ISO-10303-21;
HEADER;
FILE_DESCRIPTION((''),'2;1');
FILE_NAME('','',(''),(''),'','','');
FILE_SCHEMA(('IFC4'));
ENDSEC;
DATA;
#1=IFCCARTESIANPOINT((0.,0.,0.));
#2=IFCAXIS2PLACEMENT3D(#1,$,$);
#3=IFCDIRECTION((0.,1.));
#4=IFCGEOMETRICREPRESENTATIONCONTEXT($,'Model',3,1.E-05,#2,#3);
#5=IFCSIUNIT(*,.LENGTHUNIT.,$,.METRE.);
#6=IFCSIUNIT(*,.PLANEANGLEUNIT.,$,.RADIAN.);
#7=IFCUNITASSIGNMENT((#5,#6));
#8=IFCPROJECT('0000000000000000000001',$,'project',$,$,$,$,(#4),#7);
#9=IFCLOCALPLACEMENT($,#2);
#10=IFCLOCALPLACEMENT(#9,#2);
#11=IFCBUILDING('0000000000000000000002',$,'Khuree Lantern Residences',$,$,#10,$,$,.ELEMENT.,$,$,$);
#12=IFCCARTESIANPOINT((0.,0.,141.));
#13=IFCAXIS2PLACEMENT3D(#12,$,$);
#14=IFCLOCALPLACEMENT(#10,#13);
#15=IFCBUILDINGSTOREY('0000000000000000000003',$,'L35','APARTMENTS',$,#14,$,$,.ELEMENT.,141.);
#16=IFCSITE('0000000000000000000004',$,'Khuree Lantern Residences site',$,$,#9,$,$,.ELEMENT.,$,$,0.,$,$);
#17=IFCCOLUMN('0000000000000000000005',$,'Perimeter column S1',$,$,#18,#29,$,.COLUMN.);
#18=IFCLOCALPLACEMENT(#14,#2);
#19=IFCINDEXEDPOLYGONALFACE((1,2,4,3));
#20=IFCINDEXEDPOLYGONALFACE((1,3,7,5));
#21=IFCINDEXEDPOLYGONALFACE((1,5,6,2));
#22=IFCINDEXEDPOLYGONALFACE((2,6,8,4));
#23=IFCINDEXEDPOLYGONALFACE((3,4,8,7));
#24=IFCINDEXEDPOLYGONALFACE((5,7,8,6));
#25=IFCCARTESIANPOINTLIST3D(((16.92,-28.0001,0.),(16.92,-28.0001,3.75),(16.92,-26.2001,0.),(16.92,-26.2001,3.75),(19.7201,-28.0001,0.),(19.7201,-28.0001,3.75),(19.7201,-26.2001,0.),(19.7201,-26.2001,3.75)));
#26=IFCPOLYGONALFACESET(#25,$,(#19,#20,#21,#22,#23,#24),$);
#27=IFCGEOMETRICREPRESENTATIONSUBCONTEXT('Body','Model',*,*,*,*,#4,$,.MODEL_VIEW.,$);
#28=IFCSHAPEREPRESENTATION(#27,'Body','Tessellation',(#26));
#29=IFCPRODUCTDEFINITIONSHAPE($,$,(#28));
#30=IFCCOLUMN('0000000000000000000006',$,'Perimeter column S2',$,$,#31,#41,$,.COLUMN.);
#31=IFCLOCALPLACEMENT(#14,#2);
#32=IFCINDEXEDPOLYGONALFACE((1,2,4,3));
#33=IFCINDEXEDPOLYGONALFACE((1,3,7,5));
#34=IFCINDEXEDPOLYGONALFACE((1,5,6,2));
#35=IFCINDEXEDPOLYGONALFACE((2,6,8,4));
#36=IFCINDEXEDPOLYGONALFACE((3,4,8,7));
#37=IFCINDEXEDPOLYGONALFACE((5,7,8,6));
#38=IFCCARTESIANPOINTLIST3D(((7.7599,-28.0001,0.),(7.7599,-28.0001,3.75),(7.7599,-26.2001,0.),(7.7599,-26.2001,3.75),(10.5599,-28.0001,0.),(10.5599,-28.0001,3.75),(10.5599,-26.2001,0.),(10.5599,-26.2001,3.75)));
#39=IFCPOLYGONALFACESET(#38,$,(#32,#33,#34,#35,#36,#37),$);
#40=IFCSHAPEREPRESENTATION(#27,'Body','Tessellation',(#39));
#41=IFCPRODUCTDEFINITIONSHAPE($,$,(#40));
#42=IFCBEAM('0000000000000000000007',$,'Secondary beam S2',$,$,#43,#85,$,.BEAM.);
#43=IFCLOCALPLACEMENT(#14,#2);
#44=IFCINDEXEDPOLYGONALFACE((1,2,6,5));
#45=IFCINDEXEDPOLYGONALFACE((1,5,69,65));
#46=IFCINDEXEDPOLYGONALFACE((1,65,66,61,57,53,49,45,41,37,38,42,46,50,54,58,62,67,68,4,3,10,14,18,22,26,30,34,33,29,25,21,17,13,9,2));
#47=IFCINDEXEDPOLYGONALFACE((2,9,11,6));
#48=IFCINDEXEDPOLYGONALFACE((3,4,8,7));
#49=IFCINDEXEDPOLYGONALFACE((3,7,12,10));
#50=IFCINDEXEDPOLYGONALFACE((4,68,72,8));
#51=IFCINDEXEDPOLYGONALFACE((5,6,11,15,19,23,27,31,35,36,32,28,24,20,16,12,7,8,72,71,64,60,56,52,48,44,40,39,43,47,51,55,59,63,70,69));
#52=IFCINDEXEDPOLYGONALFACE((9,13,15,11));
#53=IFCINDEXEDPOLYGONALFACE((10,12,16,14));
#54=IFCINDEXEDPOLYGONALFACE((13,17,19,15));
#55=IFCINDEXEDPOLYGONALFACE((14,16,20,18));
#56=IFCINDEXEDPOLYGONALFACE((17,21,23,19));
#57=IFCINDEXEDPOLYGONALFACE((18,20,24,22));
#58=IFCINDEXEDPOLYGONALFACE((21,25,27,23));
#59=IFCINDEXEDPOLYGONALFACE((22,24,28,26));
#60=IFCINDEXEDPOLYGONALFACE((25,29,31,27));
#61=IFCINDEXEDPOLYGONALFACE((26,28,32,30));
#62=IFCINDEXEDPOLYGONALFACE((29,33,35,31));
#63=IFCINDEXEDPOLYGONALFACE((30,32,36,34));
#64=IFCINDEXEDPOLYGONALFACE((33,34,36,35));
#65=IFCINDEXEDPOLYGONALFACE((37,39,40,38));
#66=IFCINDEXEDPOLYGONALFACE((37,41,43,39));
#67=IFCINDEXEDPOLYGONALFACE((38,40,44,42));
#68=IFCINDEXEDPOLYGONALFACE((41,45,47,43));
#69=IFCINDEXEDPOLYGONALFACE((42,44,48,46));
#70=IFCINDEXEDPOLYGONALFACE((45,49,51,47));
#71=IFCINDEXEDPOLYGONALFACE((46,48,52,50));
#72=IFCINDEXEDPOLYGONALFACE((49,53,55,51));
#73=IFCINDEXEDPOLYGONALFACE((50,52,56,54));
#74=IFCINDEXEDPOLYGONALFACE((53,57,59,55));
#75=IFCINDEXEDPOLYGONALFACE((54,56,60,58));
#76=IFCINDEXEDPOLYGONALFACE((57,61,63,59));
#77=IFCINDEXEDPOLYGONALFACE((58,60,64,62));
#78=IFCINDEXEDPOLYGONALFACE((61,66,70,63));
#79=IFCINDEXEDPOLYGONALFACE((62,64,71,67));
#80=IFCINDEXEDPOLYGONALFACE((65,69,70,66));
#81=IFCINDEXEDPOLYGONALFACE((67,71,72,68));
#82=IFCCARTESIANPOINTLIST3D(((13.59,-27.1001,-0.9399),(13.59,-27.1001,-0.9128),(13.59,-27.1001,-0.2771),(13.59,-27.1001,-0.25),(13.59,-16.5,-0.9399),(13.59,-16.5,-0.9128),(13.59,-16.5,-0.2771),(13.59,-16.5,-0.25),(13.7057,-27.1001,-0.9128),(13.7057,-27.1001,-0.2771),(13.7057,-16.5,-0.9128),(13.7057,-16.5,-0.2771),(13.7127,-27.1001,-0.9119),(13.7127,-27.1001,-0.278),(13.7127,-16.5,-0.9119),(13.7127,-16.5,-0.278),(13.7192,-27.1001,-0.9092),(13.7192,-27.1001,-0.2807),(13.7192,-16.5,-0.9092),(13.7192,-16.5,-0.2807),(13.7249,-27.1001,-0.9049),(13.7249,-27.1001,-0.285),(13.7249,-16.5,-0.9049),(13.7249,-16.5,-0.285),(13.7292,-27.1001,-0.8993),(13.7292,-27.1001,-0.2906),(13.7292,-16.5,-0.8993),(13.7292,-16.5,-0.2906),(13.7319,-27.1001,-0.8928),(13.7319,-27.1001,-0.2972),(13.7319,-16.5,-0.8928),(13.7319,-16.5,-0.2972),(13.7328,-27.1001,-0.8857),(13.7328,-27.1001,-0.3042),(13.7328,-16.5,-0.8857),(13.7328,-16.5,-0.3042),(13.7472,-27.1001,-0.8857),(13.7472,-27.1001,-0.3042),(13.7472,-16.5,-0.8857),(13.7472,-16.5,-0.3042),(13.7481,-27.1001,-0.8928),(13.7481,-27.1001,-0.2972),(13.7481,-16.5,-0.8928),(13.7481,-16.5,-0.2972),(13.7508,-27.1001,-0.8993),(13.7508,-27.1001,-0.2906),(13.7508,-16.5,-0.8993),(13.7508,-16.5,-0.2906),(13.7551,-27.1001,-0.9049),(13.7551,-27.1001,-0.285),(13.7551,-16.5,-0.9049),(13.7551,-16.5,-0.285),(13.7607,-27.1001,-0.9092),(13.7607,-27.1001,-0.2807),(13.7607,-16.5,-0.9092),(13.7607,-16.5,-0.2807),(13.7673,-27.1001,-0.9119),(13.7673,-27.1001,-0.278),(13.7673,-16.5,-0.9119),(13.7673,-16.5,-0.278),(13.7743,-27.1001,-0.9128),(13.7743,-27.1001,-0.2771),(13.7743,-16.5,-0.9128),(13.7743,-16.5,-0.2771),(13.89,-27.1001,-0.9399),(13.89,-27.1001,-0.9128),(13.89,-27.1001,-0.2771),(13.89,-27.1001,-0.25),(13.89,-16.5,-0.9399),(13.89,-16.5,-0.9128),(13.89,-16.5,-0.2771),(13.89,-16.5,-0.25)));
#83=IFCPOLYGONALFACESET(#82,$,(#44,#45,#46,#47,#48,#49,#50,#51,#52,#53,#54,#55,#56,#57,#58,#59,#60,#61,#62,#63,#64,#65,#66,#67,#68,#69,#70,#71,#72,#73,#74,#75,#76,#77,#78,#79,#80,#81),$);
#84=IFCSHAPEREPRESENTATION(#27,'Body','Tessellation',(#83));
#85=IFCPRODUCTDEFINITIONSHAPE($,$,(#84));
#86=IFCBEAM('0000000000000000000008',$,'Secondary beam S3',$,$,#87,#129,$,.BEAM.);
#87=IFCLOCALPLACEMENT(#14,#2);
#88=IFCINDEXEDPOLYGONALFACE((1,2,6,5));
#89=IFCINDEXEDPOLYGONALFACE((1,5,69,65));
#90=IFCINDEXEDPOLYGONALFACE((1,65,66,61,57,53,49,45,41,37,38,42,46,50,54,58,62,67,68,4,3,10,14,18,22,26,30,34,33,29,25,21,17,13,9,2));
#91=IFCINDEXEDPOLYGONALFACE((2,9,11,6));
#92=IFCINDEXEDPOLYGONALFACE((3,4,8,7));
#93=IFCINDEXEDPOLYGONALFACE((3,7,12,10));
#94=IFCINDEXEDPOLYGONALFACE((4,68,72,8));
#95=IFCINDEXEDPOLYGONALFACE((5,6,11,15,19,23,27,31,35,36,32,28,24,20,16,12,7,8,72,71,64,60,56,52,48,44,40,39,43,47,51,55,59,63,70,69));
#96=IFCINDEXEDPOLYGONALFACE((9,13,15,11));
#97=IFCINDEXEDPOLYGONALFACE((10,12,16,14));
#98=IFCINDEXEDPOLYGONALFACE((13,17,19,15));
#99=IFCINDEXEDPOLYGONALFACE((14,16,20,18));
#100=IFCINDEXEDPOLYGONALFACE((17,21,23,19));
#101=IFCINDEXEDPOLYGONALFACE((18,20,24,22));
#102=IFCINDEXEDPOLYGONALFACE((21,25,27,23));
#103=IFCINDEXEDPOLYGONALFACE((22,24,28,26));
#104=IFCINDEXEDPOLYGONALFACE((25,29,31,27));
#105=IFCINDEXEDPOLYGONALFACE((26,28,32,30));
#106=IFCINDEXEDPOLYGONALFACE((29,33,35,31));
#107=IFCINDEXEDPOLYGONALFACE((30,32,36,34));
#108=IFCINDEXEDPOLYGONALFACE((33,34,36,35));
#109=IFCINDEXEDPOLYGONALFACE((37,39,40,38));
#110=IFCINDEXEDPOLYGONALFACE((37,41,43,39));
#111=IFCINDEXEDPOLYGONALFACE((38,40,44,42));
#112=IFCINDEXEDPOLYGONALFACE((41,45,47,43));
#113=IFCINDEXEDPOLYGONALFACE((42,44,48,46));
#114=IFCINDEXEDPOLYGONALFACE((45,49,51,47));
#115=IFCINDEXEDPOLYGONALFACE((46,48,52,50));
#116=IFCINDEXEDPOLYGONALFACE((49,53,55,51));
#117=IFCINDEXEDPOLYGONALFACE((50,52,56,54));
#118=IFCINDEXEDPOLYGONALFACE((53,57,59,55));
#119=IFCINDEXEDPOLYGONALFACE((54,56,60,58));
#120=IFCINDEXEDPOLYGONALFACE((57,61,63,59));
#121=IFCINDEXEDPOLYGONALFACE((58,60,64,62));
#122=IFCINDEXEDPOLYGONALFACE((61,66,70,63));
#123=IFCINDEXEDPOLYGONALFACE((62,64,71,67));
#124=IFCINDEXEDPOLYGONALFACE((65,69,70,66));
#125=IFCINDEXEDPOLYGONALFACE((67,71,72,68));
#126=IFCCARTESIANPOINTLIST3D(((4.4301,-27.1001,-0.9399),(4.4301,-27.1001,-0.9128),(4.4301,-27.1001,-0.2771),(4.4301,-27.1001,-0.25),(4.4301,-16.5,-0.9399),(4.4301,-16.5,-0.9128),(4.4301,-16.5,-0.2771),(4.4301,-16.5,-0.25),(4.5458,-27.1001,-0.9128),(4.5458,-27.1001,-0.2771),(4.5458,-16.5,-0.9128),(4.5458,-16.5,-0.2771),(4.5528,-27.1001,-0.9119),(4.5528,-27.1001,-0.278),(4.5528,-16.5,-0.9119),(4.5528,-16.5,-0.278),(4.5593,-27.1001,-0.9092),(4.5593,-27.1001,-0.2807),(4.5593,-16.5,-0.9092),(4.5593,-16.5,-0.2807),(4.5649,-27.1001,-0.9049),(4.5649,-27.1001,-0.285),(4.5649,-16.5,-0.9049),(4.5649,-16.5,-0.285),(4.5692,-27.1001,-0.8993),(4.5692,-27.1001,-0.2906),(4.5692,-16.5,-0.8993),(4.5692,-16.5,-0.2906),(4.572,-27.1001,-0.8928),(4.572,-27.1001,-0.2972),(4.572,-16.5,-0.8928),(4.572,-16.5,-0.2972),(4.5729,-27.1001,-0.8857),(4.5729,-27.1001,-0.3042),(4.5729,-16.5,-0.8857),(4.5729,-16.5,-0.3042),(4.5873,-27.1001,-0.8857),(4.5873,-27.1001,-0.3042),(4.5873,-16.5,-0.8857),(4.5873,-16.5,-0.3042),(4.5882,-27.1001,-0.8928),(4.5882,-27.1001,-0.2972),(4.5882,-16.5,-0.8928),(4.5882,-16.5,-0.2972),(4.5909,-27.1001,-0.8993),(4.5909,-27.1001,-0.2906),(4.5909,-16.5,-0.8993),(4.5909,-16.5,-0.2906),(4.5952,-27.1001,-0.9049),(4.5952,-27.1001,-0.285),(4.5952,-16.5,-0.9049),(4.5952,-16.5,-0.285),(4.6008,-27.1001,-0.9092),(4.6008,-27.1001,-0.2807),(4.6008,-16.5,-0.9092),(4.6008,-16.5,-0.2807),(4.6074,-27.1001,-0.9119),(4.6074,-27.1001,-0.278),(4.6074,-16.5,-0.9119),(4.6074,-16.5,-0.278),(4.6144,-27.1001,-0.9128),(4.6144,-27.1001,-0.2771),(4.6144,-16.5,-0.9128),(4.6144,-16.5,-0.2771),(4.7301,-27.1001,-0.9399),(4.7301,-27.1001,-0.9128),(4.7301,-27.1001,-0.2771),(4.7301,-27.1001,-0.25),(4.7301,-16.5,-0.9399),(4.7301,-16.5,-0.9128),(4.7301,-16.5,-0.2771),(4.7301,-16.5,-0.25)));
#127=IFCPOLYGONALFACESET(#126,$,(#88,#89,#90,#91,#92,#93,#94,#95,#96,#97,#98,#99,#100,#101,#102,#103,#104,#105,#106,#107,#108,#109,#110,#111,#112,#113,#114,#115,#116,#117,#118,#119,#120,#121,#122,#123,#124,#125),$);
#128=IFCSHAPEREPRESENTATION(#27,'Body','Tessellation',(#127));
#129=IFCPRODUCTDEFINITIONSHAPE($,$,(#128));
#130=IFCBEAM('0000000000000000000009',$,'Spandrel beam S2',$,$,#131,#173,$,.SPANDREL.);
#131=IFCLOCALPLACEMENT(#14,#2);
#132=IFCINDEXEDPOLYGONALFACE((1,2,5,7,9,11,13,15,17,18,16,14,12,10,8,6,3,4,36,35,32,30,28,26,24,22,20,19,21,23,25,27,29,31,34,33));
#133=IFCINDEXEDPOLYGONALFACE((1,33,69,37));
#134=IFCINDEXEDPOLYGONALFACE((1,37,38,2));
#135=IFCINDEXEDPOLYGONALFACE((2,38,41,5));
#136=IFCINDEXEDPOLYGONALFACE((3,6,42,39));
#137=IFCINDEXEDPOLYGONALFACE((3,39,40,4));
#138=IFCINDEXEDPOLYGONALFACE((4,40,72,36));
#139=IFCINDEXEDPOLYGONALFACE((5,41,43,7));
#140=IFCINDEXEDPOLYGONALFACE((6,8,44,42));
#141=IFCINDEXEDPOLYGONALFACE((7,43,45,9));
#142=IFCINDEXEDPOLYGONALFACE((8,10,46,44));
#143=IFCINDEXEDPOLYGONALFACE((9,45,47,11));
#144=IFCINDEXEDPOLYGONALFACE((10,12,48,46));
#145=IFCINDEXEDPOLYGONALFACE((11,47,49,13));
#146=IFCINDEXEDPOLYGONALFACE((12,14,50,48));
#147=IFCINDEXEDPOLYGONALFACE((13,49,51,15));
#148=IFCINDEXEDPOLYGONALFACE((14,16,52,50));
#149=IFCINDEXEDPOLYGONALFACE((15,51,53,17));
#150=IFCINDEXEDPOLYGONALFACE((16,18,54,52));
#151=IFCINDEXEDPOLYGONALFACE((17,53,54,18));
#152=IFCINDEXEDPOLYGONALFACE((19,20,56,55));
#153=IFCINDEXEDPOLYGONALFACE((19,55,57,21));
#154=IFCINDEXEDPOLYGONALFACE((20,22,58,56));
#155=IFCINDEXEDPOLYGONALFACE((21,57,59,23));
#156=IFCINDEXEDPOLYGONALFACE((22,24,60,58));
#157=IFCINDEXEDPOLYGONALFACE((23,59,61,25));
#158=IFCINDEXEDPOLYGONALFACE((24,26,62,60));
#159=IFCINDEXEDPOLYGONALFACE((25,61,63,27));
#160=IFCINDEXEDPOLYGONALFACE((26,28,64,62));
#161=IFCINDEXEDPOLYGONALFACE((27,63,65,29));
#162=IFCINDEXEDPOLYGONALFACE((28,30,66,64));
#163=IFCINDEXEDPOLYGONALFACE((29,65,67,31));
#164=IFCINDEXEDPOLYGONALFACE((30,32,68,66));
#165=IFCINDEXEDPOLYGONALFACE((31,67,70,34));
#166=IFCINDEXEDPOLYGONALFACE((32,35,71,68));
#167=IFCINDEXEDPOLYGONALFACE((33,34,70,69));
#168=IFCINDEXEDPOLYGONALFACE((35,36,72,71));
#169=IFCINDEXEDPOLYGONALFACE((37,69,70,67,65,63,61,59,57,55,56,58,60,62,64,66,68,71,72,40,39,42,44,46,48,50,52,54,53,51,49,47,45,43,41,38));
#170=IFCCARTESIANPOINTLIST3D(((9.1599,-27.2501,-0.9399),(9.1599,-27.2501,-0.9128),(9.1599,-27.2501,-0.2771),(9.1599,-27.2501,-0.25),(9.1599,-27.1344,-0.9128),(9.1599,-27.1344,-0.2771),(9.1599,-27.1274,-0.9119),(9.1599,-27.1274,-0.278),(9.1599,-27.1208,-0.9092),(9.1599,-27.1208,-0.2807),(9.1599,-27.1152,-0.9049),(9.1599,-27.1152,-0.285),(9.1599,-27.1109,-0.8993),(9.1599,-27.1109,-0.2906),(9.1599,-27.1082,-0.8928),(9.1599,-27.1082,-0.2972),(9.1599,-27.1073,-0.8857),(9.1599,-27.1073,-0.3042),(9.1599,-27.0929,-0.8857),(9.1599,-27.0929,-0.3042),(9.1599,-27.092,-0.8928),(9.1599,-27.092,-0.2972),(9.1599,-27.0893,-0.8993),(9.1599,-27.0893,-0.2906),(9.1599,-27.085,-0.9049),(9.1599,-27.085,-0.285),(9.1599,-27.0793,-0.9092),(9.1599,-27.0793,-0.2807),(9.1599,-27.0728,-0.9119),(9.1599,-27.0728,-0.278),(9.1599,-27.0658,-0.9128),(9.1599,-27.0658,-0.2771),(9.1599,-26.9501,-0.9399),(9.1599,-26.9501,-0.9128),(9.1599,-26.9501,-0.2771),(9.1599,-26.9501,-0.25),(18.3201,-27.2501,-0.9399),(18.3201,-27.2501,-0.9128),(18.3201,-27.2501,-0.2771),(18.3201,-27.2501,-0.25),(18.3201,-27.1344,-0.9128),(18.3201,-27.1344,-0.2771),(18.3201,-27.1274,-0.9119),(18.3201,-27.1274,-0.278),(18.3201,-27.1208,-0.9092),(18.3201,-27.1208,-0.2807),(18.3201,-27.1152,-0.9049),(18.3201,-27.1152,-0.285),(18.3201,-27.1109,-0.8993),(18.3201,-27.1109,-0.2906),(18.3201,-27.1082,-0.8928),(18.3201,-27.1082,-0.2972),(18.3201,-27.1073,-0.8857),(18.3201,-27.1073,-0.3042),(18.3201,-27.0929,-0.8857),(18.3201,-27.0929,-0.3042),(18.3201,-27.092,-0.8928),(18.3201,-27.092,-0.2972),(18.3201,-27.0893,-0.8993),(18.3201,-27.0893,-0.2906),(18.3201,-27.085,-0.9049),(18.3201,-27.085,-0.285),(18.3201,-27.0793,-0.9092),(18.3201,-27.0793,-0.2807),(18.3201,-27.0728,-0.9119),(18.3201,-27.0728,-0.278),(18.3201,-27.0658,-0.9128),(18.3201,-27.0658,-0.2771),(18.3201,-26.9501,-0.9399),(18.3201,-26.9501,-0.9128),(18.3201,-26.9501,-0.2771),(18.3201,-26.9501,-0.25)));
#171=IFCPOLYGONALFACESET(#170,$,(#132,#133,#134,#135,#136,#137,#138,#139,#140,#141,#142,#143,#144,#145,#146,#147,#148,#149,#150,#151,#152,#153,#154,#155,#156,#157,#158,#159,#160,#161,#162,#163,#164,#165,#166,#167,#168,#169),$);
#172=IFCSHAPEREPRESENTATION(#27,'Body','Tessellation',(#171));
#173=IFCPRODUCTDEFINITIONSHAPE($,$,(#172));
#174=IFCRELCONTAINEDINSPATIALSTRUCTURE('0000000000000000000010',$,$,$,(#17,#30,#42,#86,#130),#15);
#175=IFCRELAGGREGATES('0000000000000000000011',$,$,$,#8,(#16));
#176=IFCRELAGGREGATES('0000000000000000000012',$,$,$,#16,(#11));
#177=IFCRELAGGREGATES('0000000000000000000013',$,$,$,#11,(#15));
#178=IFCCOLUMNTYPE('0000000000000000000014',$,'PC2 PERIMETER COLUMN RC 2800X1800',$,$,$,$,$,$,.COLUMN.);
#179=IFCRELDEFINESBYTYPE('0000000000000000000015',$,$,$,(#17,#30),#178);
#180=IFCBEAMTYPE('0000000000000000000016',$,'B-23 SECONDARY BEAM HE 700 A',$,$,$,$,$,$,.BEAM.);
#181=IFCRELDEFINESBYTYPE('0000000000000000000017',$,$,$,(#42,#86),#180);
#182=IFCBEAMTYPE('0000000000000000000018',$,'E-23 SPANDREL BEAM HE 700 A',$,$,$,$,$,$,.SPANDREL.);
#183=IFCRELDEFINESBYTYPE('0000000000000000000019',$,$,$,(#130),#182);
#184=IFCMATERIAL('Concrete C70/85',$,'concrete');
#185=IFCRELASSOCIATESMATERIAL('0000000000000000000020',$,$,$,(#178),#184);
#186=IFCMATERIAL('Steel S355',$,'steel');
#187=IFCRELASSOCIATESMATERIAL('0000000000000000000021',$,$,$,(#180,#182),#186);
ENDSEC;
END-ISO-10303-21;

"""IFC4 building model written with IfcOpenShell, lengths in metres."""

from ifc_helpers import new_model, si_unit, direction, frame, origin, origin_2d, place, context, subcontext, project, spatial, rectangle, i_section, extrude, material, material_profile, profile_set, type_object, element, save


model = new_model("IFC4")

# Units and contexts
model_context = context("Model", 3, precision=1e-05, world=origin(), true_north=direction((0.0, 1.0)))
body_context = subcontext(model_context, "Body", "Model", "MODEL_VIEW")
ifc_project = project(units=[si_unit("LENGTHUNIT", "METRE"), si_unit("PLANEANGLEUNIT", "RADIAN")], contexts=[model_context])

# Site, building, storey
site_placement = place(None, origin())
site = spatial("IfcSite", under=ifc_project, at=site_placement, Name="Khuree Lantern Residences site", CompositionType="ELEMENT", RefElevation=0.0)
building_placement = place(site_placement, origin())
building = spatial("IfcBuilding", under=site, at=building_placement, Name="Khuree Lantern Residences", CompositionType="ELEMENT")
storey_placement = place(building_placement, frame((0.0, 0.0, 141.0)))
storey = spatial("IfcBuildingStorey", under=building, at=storey_placement, Name="L35", Description="APARTMENTS", CompositionType="ELEMENT", Elevation=141.0)

# Columns
ifc_material_1 = material(Name="Concrete C70/85", Category="concrete")
ifc_material_profile_1 = material_profile(ifc_material_1, rectangle(XDim=2.8, YDim=1.8, at=origin_2d()), Name="RC 2800X1800")
ifc_profile_set_1 = profile_set([ifc_material_profile_1], Name="Concrete C70/85")
column_type = type_object("IfcColumnType", Name="PC2 PERIMETER COLUMN RC 2800X1800", PredefinedType="COLUMN", material=ifc_profile_set_1)
for number, where, z_axis, x_axis, name in (
    (1, (18.3201, -27.1001, 0.0), (0.0, 0.0, 1.0), (1.0, 0.0, 0.0), "Perimeter column S1"),
    (2, (9.1599, -27.1001, 0.0), (0.0, 0.0, 1.0), (1.0, 0.0, 0.0), "Perimeter column S2"),
):
    element("IfcColumn", number, at=place(storey_placement, frame(where, z_axis=z_axis, x_axis=x_axis)), inside=storey, type_object=column_type, Name=name, PredefinedType="COLUMN", context=body_context, shape_type="SweptSolid", body=[
        extrude(rectangle(XDim=2.8, YDim=1.8, at=origin_2d()), origin(), (0.0, 0.0, 1.0), 3.75),
    ])

# Beams
ifc_material_2 = material(Name="Steel S355", Category="steel")
ifc_material_profile_2 = material_profile(ifc_material_2, i_section(OverallWidth=0.3, OverallDepth=0.6899, WebThickness=0.0144, FlangeThickness=0.0271, FilletRadius=0.0271, at=origin_2d()), Name="HE 700 A")
ifc_profile_set_2 = profile_set([ifc_material_profile_2], Name="Steel S355")
beam_type_1 = type_object("IfcBeamType", Name="B-23 SECONDARY BEAM HE 700 A", PredefinedType="BEAM", material=ifc_profile_set_2)
for number, where, z_axis, x_axis, name in (
    (3, (13.74, -27.1001, -0.595), (0.0, 1.0, 0.0), (-1.0, 0.0, 0.0), "Secondary beam S2"),
    (4, (4.5801, -27.1001, -0.595), (0.0, 1.0, 0.0), (-1.0, 0.0, 0.0), "Secondary beam S3"),
):
    element("IfcBeam", number, at=place(storey_placement, frame(where, z_axis=z_axis, x_axis=x_axis)), inside=storey, type_object=beam_type_1, Name=name, PredefinedType="BEAM", context=body_context, shape_type="SweptSolid", body=[
        extrude(i_section(OverallWidth=0.3, OverallDepth=0.6899, WebThickness=0.0144, FlangeThickness=0.0271, FilletRadius=0.0271, at=origin_2d()), origin(), (0.0, 0.0, 1.0), 10.6001),
    ])
ifc_material_profile_3 = material_profile(ifc_material_2, i_section(OverallWidth=0.3, OverallDepth=0.6899, WebThickness=0.0144, FlangeThickness=0.0271, FilletRadius=0.0271, at=origin_2d()), Name="HE 700 A")
ifc_profile_set_3 = profile_set([ifc_material_profile_3], Name="Steel S355")
beam_type_2 = type_object("IfcBeamType", Name="E-23 SPANDREL BEAM HE 700 A", PredefinedType="SPANDREL", material=ifc_profile_set_3)
beam_1_placement = place(storey_placement, frame((18.3201, -27.1001, -0.595), z_axis=(-1.0, 0.0, 0.0), x_axis=(0.0, -1.0, 0.0)))
element("IfcBeam", 5, at=beam_1_placement, inside=storey, type_object=beam_type_2, Name="Spandrel beam S2", PredefinedType="SPANDREL", context=body_context, shape_type="SweptSolid", body=[
    extrude(i_section(OverallWidth=0.3, OverallDepth=0.6899, WebThickness=0.0144, FlangeThickness=0.0271, FilletRadius=0.0271, at=origin_2d()), origin(), (0.0, 0.0, 1.0), 9.1602),
])

save(model, "model.ifc")
